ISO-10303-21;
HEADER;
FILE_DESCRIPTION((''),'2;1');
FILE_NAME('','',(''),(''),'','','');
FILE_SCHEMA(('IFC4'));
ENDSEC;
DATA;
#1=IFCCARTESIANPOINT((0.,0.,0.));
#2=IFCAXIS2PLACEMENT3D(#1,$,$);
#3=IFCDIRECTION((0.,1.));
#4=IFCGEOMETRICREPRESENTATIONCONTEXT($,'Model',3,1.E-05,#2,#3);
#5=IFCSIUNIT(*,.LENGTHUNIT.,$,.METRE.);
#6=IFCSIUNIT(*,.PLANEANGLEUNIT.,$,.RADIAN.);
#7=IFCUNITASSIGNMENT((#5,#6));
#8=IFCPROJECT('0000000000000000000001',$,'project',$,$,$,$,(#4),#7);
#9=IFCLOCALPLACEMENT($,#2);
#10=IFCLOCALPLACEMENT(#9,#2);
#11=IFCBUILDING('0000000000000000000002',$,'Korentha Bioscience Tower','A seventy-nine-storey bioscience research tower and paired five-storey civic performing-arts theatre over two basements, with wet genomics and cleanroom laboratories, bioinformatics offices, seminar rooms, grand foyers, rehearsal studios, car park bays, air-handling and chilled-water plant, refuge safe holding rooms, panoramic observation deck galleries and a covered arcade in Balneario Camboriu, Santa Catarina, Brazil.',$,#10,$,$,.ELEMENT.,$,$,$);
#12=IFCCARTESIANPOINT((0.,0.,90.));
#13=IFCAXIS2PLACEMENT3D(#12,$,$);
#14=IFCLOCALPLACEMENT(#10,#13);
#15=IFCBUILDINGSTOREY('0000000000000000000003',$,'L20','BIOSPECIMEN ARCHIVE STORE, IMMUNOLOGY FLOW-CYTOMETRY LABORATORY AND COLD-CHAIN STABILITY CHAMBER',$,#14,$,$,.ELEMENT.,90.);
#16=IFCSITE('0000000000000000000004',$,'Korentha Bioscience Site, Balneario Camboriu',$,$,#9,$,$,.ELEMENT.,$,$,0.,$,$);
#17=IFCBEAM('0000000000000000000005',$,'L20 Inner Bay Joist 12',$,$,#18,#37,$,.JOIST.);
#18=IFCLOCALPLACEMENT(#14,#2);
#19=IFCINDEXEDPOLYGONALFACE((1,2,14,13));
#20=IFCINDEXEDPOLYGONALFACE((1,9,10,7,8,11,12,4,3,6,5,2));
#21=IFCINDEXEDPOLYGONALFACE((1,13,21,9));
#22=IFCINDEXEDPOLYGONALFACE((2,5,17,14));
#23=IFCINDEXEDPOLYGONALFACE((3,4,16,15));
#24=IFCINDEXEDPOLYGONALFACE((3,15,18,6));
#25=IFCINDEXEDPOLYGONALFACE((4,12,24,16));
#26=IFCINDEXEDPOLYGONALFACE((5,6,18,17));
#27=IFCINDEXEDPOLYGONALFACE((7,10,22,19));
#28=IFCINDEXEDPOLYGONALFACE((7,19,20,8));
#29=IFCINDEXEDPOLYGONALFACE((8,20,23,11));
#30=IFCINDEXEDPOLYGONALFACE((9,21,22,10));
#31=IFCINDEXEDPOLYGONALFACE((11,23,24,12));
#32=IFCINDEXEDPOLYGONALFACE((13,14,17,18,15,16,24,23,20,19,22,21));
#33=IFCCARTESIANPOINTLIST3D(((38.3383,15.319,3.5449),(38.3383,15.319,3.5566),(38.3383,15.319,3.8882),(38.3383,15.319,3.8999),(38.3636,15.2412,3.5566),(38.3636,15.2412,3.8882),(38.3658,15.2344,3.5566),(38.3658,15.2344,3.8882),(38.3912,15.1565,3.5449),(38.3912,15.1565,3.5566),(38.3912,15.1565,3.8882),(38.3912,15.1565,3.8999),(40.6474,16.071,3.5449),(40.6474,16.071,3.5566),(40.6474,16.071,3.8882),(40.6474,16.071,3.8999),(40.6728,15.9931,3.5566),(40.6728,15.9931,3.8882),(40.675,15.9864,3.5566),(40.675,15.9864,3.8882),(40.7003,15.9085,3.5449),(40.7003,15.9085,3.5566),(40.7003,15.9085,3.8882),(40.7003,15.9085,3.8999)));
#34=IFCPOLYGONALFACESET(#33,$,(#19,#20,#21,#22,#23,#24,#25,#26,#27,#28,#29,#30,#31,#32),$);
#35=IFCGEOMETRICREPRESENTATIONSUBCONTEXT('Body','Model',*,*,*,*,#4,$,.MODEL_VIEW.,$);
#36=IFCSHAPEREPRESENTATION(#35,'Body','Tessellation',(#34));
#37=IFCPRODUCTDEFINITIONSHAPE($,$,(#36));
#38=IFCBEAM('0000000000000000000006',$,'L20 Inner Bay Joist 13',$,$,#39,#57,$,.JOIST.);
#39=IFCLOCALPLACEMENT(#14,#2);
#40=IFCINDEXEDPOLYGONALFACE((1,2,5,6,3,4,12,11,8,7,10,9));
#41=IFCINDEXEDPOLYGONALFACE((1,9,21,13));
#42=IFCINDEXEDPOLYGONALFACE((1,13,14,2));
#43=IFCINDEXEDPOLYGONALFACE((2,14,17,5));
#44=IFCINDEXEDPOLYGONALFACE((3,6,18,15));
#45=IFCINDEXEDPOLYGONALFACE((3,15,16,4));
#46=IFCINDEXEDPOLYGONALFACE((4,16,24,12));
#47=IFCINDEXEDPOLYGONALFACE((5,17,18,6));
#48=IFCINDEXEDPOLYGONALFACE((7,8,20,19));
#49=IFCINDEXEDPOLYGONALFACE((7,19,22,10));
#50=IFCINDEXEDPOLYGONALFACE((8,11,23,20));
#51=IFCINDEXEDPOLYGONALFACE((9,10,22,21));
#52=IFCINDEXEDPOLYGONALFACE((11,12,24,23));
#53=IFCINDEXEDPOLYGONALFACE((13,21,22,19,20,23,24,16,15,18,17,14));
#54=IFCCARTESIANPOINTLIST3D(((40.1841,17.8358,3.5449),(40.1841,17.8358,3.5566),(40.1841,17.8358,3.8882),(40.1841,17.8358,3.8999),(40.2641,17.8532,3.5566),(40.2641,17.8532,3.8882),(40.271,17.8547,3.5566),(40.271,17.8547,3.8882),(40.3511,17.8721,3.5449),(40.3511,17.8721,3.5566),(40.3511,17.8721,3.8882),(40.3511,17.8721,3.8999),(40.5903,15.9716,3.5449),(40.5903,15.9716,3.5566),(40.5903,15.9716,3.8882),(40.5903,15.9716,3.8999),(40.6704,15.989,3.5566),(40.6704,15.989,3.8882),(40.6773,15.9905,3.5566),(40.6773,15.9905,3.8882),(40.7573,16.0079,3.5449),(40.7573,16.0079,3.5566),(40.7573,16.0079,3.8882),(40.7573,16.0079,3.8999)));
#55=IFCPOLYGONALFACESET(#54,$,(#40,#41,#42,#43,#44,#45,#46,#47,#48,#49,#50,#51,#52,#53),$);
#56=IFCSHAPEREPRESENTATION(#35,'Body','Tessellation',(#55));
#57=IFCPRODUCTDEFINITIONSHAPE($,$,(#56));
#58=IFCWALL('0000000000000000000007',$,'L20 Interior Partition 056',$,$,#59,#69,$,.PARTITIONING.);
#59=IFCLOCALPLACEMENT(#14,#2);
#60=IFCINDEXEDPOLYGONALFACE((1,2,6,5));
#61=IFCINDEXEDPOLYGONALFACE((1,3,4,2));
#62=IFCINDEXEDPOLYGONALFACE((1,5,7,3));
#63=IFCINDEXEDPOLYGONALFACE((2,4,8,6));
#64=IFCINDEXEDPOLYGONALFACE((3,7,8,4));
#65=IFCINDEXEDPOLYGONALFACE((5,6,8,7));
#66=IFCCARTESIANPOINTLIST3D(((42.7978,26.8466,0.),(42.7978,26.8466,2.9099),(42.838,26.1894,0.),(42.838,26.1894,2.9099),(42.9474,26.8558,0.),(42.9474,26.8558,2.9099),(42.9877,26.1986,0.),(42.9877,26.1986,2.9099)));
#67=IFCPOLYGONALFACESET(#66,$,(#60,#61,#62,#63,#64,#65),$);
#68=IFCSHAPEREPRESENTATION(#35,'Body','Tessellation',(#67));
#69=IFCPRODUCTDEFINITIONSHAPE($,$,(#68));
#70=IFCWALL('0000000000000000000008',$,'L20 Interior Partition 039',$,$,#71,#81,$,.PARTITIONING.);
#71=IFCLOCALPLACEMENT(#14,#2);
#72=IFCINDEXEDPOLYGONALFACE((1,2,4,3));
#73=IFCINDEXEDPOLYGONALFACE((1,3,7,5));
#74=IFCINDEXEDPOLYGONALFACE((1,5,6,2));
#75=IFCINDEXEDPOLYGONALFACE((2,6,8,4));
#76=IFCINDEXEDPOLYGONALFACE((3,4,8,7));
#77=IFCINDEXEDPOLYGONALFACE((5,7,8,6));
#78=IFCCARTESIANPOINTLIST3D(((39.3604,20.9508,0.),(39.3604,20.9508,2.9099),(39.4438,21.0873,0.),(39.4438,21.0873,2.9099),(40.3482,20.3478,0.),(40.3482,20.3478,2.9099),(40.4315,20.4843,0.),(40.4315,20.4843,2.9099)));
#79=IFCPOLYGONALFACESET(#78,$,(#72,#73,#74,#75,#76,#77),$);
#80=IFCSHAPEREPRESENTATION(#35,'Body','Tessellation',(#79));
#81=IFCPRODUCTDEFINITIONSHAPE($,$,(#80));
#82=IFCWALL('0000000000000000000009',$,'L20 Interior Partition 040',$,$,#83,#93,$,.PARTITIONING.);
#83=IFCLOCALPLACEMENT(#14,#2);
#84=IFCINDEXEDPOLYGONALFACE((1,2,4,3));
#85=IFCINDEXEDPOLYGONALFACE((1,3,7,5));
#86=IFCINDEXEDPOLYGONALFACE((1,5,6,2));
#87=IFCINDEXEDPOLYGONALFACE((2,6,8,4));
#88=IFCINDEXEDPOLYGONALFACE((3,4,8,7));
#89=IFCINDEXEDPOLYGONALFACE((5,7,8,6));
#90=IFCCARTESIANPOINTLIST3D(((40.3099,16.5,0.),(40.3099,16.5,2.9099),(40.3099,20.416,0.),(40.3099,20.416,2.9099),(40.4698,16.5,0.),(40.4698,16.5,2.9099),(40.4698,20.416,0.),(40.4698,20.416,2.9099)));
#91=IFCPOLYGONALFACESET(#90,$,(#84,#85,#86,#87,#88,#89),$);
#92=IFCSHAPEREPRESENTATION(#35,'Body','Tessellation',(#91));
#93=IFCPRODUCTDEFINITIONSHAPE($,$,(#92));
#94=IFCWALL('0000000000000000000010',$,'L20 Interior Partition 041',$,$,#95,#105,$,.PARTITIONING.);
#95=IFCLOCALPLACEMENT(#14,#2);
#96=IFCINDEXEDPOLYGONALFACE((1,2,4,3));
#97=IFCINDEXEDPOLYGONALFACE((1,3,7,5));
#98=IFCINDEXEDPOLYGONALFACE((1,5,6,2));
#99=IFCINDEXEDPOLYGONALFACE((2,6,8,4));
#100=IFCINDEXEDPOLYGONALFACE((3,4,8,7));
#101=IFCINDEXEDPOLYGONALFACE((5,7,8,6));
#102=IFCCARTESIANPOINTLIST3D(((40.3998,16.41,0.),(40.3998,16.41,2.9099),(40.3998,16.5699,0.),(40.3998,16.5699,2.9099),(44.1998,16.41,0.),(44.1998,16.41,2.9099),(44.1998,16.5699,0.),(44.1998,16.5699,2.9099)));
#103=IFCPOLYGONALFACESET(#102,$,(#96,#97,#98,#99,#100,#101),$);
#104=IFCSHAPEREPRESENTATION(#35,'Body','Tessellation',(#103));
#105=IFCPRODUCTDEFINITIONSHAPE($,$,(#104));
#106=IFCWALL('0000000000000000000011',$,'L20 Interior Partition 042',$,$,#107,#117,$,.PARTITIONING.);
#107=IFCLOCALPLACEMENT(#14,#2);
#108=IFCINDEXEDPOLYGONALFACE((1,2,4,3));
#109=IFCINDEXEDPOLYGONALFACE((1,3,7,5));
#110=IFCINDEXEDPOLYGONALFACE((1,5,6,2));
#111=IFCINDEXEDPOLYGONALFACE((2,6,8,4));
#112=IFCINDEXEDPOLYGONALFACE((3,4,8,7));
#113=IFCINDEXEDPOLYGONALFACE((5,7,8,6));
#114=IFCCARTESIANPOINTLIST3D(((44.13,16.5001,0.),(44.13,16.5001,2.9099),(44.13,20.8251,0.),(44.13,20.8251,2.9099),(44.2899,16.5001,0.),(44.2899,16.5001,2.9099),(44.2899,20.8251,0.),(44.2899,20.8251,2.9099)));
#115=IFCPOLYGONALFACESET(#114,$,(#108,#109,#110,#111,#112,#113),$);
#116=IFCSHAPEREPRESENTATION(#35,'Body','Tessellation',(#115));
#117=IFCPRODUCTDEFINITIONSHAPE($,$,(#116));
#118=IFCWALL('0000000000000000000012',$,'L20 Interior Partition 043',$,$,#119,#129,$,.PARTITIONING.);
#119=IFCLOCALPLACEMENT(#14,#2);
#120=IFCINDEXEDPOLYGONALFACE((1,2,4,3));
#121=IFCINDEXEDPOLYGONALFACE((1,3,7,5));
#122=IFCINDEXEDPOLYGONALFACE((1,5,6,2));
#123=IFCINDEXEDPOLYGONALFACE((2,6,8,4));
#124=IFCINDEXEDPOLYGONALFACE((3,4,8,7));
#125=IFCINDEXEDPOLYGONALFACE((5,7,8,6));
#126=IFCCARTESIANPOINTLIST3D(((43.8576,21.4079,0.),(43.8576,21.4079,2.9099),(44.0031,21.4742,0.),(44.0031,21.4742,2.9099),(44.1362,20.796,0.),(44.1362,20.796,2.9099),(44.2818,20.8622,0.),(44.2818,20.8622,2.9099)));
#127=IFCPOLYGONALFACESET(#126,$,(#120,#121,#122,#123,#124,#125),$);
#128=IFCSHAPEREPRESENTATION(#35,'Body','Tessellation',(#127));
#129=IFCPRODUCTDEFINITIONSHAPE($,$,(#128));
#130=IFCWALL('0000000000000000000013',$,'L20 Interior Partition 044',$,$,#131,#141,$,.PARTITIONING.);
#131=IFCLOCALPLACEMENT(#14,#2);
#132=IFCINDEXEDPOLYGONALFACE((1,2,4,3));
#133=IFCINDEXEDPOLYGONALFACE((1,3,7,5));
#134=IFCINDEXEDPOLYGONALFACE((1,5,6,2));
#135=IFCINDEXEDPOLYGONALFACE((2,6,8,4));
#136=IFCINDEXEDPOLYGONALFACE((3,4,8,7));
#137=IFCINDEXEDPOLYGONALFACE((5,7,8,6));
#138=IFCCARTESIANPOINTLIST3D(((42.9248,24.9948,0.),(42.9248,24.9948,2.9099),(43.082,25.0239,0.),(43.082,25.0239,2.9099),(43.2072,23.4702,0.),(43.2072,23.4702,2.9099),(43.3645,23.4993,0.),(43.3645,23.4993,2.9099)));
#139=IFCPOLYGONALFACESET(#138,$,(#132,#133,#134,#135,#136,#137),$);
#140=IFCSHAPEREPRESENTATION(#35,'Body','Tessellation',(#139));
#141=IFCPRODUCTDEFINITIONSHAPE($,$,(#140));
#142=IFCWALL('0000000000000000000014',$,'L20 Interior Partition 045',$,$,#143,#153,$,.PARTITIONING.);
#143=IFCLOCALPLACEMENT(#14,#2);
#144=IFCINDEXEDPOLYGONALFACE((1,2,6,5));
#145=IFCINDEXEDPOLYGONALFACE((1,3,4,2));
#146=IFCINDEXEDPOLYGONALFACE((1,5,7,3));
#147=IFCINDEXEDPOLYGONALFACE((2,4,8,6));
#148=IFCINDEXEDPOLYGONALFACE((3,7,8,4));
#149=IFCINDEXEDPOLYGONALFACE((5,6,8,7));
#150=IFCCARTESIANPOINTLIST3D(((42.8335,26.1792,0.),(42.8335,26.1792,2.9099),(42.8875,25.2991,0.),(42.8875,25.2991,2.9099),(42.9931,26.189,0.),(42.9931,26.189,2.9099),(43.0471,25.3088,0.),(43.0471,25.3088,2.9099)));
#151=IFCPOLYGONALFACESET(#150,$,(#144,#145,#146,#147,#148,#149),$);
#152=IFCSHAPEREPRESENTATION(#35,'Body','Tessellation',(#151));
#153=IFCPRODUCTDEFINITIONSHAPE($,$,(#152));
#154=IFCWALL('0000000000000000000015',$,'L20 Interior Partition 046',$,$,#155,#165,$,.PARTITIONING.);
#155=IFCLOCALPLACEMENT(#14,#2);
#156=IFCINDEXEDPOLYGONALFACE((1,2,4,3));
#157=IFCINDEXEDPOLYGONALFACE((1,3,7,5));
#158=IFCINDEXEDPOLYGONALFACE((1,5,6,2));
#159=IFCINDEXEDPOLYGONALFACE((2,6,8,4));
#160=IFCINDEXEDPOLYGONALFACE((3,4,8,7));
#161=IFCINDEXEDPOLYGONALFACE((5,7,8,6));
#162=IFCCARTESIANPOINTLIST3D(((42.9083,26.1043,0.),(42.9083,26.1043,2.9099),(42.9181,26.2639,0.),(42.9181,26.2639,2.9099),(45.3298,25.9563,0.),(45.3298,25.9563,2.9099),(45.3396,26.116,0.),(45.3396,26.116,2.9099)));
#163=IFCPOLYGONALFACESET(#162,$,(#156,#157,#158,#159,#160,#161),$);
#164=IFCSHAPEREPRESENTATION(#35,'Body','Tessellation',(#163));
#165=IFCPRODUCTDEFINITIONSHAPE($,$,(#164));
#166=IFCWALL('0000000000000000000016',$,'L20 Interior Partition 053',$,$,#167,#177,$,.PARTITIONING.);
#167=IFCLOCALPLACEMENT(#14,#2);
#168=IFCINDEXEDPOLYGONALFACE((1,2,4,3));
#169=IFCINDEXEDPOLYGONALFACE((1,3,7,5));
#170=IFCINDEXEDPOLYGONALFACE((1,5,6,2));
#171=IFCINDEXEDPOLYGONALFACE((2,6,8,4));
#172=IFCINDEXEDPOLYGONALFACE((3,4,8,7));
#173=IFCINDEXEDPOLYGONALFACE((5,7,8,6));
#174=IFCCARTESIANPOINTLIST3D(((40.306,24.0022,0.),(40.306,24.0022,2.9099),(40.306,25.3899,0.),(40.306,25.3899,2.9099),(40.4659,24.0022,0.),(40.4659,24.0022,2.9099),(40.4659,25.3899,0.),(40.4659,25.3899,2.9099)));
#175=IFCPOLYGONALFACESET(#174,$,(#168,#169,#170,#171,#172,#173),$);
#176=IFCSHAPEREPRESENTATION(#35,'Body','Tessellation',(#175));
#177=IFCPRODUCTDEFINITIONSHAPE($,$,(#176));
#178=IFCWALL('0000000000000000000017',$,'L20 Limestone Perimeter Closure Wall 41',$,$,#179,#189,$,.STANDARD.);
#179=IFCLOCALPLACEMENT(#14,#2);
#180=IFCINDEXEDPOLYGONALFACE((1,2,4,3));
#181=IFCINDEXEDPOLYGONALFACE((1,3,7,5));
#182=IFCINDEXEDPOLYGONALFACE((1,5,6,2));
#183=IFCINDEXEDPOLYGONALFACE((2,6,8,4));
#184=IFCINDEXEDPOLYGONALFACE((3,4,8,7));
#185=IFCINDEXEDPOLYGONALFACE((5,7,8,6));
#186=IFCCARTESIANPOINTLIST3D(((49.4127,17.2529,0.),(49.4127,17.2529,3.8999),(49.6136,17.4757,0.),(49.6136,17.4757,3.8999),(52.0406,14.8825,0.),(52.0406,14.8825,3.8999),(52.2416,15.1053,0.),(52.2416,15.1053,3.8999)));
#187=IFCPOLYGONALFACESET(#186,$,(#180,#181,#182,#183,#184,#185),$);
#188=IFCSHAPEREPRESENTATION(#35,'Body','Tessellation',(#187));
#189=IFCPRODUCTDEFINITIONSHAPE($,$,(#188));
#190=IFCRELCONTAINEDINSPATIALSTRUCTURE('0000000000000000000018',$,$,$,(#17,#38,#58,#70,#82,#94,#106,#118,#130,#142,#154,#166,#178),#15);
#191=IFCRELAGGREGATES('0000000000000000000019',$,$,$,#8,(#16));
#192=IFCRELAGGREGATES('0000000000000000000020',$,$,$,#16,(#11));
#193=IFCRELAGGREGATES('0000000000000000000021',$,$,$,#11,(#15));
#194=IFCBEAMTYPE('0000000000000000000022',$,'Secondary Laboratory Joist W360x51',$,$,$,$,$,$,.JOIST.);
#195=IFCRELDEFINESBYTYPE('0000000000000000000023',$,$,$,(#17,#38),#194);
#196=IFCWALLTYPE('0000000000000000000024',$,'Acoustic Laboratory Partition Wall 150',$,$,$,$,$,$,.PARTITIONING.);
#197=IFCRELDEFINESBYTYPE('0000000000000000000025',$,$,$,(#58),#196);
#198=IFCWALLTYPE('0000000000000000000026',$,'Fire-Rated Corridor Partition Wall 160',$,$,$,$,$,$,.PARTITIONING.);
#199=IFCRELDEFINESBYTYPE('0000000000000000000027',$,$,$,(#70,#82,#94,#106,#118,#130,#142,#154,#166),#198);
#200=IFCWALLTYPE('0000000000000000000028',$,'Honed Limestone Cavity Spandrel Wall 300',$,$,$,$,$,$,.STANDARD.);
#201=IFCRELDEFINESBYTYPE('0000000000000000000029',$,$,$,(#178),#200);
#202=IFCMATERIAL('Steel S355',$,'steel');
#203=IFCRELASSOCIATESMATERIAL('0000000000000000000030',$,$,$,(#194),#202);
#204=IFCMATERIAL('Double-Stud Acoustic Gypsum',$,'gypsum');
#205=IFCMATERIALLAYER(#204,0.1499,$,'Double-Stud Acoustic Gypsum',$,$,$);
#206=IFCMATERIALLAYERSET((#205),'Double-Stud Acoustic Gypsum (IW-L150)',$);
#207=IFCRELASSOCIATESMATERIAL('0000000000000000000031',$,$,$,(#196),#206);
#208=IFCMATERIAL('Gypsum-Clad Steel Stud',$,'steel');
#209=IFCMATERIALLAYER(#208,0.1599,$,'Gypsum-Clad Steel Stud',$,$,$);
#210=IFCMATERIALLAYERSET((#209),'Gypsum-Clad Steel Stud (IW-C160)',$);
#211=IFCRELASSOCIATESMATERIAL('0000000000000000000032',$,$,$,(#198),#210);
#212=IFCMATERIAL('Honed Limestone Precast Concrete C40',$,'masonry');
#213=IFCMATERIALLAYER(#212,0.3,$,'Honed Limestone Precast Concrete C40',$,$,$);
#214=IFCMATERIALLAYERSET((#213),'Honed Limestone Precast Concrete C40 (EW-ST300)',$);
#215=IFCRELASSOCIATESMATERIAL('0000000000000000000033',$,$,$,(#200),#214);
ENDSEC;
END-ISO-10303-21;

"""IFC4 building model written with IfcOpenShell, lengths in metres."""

from ifc_helpers import new_model, si_unit, direction, frame, frame_2d, origin, origin_2d, place, context, subcontext, project, spatial, rectangle, i_section, extrude, material, layer, layer_set, material_profile, profile_set, type_object, element, save


model = new_model("IFC4")

# Units and contexts
model_context = context("Model", 3, precision=1e-05, world=origin(), true_north=direction((0.0, 1.0)))
body_context = subcontext(model_context, "Body", "Model", "MODEL_VIEW")
ifc_project = project(units=[si_unit("LENGTHUNIT", "METRE"), si_unit("PLANEANGLEUNIT", "RADIAN")], contexts=[model_context])

# Site, building, storey
site_placement = place(None, origin())
site = spatial("IfcSite", under=ifc_project, at=site_placement, Name="Korentha Bioscience Site, Balneario Camboriu", CompositionType="ELEMENT", RefElevation=0.0)
building_placement = place(site_placement, origin())
building = spatial("IfcBuilding", under=site, at=building_placement, Name="Korentha Bioscience Tower", Description="A seventy-nine-storey bioscience research tower and paired five-storey civic performing-arts theatre over two basements, with wet genomics and cleanroom laboratories, bioinformatics offices, seminar rooms, grand foyers, rehearsal studios, car park bays, air-handling and chilled-water plant, refuge safe holding rooms, panoramic observation deck galleries and a covered arcade in Balneario Camboriu, Santa Catarina, Brazil.", CompositionType="ELEMENT")
storey_placement = place(building_placement, frame((0.0, 0.0, 90.0)))
storey = spatial("IfcBuildingStorey", under=building, at=storey_placement, Name="L20", Description="BIOSPECIMEN ARCHIVE STORE, IMMUNOLOGY FLOW-CYTOMETRY LABORATORY AND COLD-CHAIN STABILITY CHAMBER", CompositionType="ELEMENT", Elevation=90.0)

# Beams
ifc_material_1 = material(Name="Steel S355", Category="steel")
ifc_material_profile_1 = material_profile(ifc_material_1, i_section(OverallWidth=0.1709, OverallDepth=0.355, WebThickness=0.0071, FlangeThickness=0.0117, at=origin_2d()), Name="Steel S355")
ifc_profile_set_1 = profile_set([ifc_material_profile_1], Name="Steel S355 (JB-360)")
beam_type_1 = type_object("IfcBeamType", Name="Secondary Laboratory Joist W360x51", PredefinedType="JOIST", material=ifc_profile_set_1)
beam_1_placement = place(storey_placement, frame((38.3647, 15.2378, 3.7224), z_axis=(0.950852, 0.309645, 0.0), x_axis=(-0.309645, 0.950852, 0.0)))
element("IfcBeam", 1, at=beam_1_placement, inside=storey, type_object=beam_type_1, Name="L20 Inner Bay Joist 12", PredefinedType="JOIST", context=body_context, shape_type="SweptSolid", body=[
    extrude(i_section(OverallWidth=0.1709, OverallDepth=0.355, WebThickness=0.0071, FlangeThickness=0.0117, at=origin_2d()), origin(), (0.0, 0.0, 1.0), 2.4285),
])
beam_2_placement = place(storey_placement, frame((40.6738, 15.9897, 3.7224), z_axis=(-0.212918, 0.97707, 0.0), x_axis=(-0.97707, -0.212918, 0.0)))
element("IfcBeam", 2, at=beam_2_placement, inside=storey, type_object=beam_type_1, Name="L20 Inner Bay Joist 13", PredefinedType="JOIST", context=body_context, shape_type="SweptSolid", body=[
    extrude(i_section(OverallWidth=0.1709, OverallDepth=0.355, WebThickness=0.0071, FlangeThickness=0.0117, at=origin_2d()), origin(), (0.0, 0.0, 1.0), 1.908),
])

# Wall
ifc_material_2 = material(Name="Double-Stud Acoustic Gypsum", Category="gypsum")
ifc_layer_1 = layer(ifc_material_2, 0.1499, Name="Double-Stud Acoustic Gypsum")
ifc_layer_set_1 = layer_set([ifc_layer_1], Name="Double-Stud Acoustic Gypsum (IW-L150)")
wall_type_1 = type_object("IfcWallType", Name="Acoustic Laboratory Partition Wall 150", PredefinedType="PARTITIONING", material=ifc_layer_set_1)
wall_1_placement = place(storey_placement, frame((42.9128, 26.1941, 0.0), z_axis=(0.0, 0.0, 1.0), x_axis=(-0.061178, 0.998127, 0.0)))
element("IfcWall", 3, at=wall_1_placement, inside=storey, type_object=wall_type_1, Name="L20 Interior Partition 056", PredefinedType="PARTITIONING", context=body_context, shape_type="SweptSolid", body=[
    extrude(rectangle(XDim=0.6584, YDim=0.1499, at=frame_2d((0.3291, 0.0))), origin(), (0.0, 0.0, 1.0), 2.9099),
])

# Shared definitions
ifc_material_3 = material(Name="Gypsum-Clad Steel Stud", Category="steel")
ifc_layer_2 = layer(ifc_material_3, 0.1599, Name="Gypsum-Clad Steel Stud")
ifc_layer_set_2 = layer_set([ifc_layer_2], Name="Gypsum-Clad Steel Stud (IW-C160)")
wall_type_2 = type_object("IfcWallType", Name="Fire-Rated Corridor Partition Wall 160", PredefinedType="PARTITIONING", material=ifc_layer_set_2)

# Walls
wall_2_placement = place(storey_placement, frame((39.4021, 21.019, 0.0), z_axis=(0.0, 0.0, 1.0), x_axis=(0.853522, -0.521057, 0.0)))
element("IfcWall", 4, at=wall_2_placement, inside=storey, type_object=wall_type_2, Name="L20 Interior Partition 039", PredefinedType="PARTITIONING", context=body_context, shape_type="SweptSolid", body=[
    extrude(rectangle(XDim=1.1572, YDim=0.1599, at=frame_2d((0.5786, 0.0))), origin(), (0.0, 0.0, 1.0), 2.9099),
])
wall_3_placement = place(storey_placement, frame((40.3899, 20.416, 0.0), z_axis=(0.0, 0.0, 1.0), x_axis=(0.0, -1.0, 0.0)))
element("IfcWall", 5, at=wall_3_placement, inside=storey, type_object=wall_type_2, Name="L20 Interior Partition 040", PredefinedType="PARTITIONING", context=body_context, shape_type="SweptSolid", body=[
    extrude(rectangle(XDim=3.916, YDim=0.1599, at=frame_2d((1.958, 0.0))), origin(), (0.0, 0.0, 1.0), 2.9099),
])
wall_4_placement = place(storey_placement, frame((40.3999, 16.49, 0.0), z_axis=(0.0, 0.0, 1.0), x_axis=(1.0, 0.0, 0.0)))
element("IfcWall", 6, at=wall_4_placement, inside=storey, type_object=wall_type_2, Name="L20 Interior Partition 041", PredefinedType="PARTITIONING", context=body_context, shape_type="SweptSolid", body=[
    extrude(rectangle(XDim=3.8, YDim=0.1599, at=frame_2d((1.8999, 0.0))), origin(), (0.0, 0.0, 1.0), 2.9099),
])
wall_5_placement = place(storey_placement, frame((44.21, 16.5, 0.0), z_axis=(0.0, 0.0, 1.0), x_axis=(0.0, 1.0, 0.0)))
element("IfcWall", 7, at=wall_5_placement, inside=storey, type_object=wall_type_2, Name="L20 Interior Partition 042", PredefinedType="PARTITIONING", context=body_context, shape_type="SweptSolid", body=[
    extrude(rectangle(XDim=4.325, YDim=0.1599, at=frame_2d((2.1626, 0.0))), origin(), (0.0, 0.0, 1.0), 2.9099),
])
wall_6_placement = place(storey_placement, frame((44.209, 20.8291, 0.0), z_axis=(0.0, 0.0, 1.0), x_axis=(-0.414377, 0.910105, 0.0)))
element("IfcWall", 8, at=wall_6_placement, inside=storey, type_object=wall_type_2, Name="L20 Interior Partition 043", PredefinedType="PARTITIONING", context=body_context, shape_type="SweptSolid", body=[
    extrude(rectangle(XDim=0.6724, YDim=0.1599, at=frame_2d((0.3362, 0.0))), origin(), (0.0, 0.0, 1.0), 2.9099),
])
wall_7_placement = place(storey_placement, frame((43.2859, 23.4846, 0.0), z_axis=(0.0, 0.0, 1.0), x_axis=(-0.182168, 0.983267, 0.0)))
element("IfcWall", 9, at=wall_7_placement, inside=storey, type_object=wall_type_2, Name="L20 Interior Partition 044", PredefinedType="PARTITIONING", context=body_context, shape_type="SweptSolid", body=[
    extrude(rectangle(XDim=1.5505, YDim=0.1599, at=frame_2d((0.7754, 0.0))), origin(), (0.0, 0.0, 1.0), 2.9099),
])
wall_8_placement = place(storey_placement, frame((42.9673, 25.304, 0.0), z_axis=(0.0, 0.0, 1.0), x_axis=(-0.061189, 0.998126, 0.0)))
element("IfcWall", 10, at=wall_8_placement, inside=storey, type_object=wall_type_2, Name="L20 Interior Partition 045", PredefinedType="PARTITIONING", context=body_context, shape_type="SweptSolid", body=[
    extrude(rectangle(XDim=0.8818, YDim=0.1599, at=frame_2d((0.4409, 0.0))), origin(), (0.0, 0.0, 1.0), 2.9099),
])
wall_9_placement = place(storey_placement, frame((42.9133, 26.1841, 0.0), z_axis=(0.0, 0.0, 1.0), x_axis=(0.998139, -0.060981, 0.0)))
element("IfcWall", 11, at=wall_9_placement, inside=storey, type_object=wall_type_2, Name="L20 Interior Partition 046", PredefinedType="PARTITIONING", context=body_context, shape_type="SweptSolid", body=[
    extrude(rectangle(XDim=2.426, YDim=0.1599, at=frame_2d((1.2129, 0.0))), origin(), (0.0, 0.0, 1.0), 2.9099),
])
wall_10_placement = place(storey_placement, frame((40.386, 25.3899, 0.0), z_axis=(0.0, 0.0, 1.0), x_axis=(0.0, -1.0, 0.0)))
element("IfcWall", 12, at=wall_10_placement, inside=storey, type_object=wall_type_2, Name="L20 Interior Partition 053", PredefinedType="PARTITIONING", context=body_context, shape_type="SweptSolid", body=[
    extrude(rectangle(XDim=1.3877, YDim=0.1599, at=frame_2d((0.6938, 0.0))), origin(), (0.0, 0.0, 1.0), 2.9099),
])
ifc_material_4 = material(Name="Honed Limestone Precast Concrete C40", Category="masonry")
ifc_layer_3 = layer(ifc_material_4, 0.3, Name="Honed Limestone Precast Concrete C40")
ifc_layer_set_3 = layer_set([ifc_layer_3], Name="Honed Limestone Precast Concrete C40 (EW-ST300)")
wall_type_3 = type_object("IfcWallType", Name="Honed Limestone Cavity Spandrel Wall 300", PredefinedType="STANDARD", material=ifc_layer_set_3)
wall_11_placement = place(storey_placement, frame((52.1411, 14.9939, 0.0), z_axis=(0.0, 0.0, 1.0), x_axis=(-0.74256, 0.66978, 0.0)))
element("IfcWall", 13, at=wall_11_placement, inside=storey, type_object=wall_type_3, Name="L20 Limestone Perimeter Closure Wall 41", PredefinedType="STANDARD", context=body_context, shape_type="SweptSolid", body=[
    extrude(rectangle(XDim=3.5391, YDim=0.3, at=frame_2d((1.7695, 0.0))), origin(), (0.0, 0.0, 1.0), 3.8999),
])

save(model, "model.ifc")
